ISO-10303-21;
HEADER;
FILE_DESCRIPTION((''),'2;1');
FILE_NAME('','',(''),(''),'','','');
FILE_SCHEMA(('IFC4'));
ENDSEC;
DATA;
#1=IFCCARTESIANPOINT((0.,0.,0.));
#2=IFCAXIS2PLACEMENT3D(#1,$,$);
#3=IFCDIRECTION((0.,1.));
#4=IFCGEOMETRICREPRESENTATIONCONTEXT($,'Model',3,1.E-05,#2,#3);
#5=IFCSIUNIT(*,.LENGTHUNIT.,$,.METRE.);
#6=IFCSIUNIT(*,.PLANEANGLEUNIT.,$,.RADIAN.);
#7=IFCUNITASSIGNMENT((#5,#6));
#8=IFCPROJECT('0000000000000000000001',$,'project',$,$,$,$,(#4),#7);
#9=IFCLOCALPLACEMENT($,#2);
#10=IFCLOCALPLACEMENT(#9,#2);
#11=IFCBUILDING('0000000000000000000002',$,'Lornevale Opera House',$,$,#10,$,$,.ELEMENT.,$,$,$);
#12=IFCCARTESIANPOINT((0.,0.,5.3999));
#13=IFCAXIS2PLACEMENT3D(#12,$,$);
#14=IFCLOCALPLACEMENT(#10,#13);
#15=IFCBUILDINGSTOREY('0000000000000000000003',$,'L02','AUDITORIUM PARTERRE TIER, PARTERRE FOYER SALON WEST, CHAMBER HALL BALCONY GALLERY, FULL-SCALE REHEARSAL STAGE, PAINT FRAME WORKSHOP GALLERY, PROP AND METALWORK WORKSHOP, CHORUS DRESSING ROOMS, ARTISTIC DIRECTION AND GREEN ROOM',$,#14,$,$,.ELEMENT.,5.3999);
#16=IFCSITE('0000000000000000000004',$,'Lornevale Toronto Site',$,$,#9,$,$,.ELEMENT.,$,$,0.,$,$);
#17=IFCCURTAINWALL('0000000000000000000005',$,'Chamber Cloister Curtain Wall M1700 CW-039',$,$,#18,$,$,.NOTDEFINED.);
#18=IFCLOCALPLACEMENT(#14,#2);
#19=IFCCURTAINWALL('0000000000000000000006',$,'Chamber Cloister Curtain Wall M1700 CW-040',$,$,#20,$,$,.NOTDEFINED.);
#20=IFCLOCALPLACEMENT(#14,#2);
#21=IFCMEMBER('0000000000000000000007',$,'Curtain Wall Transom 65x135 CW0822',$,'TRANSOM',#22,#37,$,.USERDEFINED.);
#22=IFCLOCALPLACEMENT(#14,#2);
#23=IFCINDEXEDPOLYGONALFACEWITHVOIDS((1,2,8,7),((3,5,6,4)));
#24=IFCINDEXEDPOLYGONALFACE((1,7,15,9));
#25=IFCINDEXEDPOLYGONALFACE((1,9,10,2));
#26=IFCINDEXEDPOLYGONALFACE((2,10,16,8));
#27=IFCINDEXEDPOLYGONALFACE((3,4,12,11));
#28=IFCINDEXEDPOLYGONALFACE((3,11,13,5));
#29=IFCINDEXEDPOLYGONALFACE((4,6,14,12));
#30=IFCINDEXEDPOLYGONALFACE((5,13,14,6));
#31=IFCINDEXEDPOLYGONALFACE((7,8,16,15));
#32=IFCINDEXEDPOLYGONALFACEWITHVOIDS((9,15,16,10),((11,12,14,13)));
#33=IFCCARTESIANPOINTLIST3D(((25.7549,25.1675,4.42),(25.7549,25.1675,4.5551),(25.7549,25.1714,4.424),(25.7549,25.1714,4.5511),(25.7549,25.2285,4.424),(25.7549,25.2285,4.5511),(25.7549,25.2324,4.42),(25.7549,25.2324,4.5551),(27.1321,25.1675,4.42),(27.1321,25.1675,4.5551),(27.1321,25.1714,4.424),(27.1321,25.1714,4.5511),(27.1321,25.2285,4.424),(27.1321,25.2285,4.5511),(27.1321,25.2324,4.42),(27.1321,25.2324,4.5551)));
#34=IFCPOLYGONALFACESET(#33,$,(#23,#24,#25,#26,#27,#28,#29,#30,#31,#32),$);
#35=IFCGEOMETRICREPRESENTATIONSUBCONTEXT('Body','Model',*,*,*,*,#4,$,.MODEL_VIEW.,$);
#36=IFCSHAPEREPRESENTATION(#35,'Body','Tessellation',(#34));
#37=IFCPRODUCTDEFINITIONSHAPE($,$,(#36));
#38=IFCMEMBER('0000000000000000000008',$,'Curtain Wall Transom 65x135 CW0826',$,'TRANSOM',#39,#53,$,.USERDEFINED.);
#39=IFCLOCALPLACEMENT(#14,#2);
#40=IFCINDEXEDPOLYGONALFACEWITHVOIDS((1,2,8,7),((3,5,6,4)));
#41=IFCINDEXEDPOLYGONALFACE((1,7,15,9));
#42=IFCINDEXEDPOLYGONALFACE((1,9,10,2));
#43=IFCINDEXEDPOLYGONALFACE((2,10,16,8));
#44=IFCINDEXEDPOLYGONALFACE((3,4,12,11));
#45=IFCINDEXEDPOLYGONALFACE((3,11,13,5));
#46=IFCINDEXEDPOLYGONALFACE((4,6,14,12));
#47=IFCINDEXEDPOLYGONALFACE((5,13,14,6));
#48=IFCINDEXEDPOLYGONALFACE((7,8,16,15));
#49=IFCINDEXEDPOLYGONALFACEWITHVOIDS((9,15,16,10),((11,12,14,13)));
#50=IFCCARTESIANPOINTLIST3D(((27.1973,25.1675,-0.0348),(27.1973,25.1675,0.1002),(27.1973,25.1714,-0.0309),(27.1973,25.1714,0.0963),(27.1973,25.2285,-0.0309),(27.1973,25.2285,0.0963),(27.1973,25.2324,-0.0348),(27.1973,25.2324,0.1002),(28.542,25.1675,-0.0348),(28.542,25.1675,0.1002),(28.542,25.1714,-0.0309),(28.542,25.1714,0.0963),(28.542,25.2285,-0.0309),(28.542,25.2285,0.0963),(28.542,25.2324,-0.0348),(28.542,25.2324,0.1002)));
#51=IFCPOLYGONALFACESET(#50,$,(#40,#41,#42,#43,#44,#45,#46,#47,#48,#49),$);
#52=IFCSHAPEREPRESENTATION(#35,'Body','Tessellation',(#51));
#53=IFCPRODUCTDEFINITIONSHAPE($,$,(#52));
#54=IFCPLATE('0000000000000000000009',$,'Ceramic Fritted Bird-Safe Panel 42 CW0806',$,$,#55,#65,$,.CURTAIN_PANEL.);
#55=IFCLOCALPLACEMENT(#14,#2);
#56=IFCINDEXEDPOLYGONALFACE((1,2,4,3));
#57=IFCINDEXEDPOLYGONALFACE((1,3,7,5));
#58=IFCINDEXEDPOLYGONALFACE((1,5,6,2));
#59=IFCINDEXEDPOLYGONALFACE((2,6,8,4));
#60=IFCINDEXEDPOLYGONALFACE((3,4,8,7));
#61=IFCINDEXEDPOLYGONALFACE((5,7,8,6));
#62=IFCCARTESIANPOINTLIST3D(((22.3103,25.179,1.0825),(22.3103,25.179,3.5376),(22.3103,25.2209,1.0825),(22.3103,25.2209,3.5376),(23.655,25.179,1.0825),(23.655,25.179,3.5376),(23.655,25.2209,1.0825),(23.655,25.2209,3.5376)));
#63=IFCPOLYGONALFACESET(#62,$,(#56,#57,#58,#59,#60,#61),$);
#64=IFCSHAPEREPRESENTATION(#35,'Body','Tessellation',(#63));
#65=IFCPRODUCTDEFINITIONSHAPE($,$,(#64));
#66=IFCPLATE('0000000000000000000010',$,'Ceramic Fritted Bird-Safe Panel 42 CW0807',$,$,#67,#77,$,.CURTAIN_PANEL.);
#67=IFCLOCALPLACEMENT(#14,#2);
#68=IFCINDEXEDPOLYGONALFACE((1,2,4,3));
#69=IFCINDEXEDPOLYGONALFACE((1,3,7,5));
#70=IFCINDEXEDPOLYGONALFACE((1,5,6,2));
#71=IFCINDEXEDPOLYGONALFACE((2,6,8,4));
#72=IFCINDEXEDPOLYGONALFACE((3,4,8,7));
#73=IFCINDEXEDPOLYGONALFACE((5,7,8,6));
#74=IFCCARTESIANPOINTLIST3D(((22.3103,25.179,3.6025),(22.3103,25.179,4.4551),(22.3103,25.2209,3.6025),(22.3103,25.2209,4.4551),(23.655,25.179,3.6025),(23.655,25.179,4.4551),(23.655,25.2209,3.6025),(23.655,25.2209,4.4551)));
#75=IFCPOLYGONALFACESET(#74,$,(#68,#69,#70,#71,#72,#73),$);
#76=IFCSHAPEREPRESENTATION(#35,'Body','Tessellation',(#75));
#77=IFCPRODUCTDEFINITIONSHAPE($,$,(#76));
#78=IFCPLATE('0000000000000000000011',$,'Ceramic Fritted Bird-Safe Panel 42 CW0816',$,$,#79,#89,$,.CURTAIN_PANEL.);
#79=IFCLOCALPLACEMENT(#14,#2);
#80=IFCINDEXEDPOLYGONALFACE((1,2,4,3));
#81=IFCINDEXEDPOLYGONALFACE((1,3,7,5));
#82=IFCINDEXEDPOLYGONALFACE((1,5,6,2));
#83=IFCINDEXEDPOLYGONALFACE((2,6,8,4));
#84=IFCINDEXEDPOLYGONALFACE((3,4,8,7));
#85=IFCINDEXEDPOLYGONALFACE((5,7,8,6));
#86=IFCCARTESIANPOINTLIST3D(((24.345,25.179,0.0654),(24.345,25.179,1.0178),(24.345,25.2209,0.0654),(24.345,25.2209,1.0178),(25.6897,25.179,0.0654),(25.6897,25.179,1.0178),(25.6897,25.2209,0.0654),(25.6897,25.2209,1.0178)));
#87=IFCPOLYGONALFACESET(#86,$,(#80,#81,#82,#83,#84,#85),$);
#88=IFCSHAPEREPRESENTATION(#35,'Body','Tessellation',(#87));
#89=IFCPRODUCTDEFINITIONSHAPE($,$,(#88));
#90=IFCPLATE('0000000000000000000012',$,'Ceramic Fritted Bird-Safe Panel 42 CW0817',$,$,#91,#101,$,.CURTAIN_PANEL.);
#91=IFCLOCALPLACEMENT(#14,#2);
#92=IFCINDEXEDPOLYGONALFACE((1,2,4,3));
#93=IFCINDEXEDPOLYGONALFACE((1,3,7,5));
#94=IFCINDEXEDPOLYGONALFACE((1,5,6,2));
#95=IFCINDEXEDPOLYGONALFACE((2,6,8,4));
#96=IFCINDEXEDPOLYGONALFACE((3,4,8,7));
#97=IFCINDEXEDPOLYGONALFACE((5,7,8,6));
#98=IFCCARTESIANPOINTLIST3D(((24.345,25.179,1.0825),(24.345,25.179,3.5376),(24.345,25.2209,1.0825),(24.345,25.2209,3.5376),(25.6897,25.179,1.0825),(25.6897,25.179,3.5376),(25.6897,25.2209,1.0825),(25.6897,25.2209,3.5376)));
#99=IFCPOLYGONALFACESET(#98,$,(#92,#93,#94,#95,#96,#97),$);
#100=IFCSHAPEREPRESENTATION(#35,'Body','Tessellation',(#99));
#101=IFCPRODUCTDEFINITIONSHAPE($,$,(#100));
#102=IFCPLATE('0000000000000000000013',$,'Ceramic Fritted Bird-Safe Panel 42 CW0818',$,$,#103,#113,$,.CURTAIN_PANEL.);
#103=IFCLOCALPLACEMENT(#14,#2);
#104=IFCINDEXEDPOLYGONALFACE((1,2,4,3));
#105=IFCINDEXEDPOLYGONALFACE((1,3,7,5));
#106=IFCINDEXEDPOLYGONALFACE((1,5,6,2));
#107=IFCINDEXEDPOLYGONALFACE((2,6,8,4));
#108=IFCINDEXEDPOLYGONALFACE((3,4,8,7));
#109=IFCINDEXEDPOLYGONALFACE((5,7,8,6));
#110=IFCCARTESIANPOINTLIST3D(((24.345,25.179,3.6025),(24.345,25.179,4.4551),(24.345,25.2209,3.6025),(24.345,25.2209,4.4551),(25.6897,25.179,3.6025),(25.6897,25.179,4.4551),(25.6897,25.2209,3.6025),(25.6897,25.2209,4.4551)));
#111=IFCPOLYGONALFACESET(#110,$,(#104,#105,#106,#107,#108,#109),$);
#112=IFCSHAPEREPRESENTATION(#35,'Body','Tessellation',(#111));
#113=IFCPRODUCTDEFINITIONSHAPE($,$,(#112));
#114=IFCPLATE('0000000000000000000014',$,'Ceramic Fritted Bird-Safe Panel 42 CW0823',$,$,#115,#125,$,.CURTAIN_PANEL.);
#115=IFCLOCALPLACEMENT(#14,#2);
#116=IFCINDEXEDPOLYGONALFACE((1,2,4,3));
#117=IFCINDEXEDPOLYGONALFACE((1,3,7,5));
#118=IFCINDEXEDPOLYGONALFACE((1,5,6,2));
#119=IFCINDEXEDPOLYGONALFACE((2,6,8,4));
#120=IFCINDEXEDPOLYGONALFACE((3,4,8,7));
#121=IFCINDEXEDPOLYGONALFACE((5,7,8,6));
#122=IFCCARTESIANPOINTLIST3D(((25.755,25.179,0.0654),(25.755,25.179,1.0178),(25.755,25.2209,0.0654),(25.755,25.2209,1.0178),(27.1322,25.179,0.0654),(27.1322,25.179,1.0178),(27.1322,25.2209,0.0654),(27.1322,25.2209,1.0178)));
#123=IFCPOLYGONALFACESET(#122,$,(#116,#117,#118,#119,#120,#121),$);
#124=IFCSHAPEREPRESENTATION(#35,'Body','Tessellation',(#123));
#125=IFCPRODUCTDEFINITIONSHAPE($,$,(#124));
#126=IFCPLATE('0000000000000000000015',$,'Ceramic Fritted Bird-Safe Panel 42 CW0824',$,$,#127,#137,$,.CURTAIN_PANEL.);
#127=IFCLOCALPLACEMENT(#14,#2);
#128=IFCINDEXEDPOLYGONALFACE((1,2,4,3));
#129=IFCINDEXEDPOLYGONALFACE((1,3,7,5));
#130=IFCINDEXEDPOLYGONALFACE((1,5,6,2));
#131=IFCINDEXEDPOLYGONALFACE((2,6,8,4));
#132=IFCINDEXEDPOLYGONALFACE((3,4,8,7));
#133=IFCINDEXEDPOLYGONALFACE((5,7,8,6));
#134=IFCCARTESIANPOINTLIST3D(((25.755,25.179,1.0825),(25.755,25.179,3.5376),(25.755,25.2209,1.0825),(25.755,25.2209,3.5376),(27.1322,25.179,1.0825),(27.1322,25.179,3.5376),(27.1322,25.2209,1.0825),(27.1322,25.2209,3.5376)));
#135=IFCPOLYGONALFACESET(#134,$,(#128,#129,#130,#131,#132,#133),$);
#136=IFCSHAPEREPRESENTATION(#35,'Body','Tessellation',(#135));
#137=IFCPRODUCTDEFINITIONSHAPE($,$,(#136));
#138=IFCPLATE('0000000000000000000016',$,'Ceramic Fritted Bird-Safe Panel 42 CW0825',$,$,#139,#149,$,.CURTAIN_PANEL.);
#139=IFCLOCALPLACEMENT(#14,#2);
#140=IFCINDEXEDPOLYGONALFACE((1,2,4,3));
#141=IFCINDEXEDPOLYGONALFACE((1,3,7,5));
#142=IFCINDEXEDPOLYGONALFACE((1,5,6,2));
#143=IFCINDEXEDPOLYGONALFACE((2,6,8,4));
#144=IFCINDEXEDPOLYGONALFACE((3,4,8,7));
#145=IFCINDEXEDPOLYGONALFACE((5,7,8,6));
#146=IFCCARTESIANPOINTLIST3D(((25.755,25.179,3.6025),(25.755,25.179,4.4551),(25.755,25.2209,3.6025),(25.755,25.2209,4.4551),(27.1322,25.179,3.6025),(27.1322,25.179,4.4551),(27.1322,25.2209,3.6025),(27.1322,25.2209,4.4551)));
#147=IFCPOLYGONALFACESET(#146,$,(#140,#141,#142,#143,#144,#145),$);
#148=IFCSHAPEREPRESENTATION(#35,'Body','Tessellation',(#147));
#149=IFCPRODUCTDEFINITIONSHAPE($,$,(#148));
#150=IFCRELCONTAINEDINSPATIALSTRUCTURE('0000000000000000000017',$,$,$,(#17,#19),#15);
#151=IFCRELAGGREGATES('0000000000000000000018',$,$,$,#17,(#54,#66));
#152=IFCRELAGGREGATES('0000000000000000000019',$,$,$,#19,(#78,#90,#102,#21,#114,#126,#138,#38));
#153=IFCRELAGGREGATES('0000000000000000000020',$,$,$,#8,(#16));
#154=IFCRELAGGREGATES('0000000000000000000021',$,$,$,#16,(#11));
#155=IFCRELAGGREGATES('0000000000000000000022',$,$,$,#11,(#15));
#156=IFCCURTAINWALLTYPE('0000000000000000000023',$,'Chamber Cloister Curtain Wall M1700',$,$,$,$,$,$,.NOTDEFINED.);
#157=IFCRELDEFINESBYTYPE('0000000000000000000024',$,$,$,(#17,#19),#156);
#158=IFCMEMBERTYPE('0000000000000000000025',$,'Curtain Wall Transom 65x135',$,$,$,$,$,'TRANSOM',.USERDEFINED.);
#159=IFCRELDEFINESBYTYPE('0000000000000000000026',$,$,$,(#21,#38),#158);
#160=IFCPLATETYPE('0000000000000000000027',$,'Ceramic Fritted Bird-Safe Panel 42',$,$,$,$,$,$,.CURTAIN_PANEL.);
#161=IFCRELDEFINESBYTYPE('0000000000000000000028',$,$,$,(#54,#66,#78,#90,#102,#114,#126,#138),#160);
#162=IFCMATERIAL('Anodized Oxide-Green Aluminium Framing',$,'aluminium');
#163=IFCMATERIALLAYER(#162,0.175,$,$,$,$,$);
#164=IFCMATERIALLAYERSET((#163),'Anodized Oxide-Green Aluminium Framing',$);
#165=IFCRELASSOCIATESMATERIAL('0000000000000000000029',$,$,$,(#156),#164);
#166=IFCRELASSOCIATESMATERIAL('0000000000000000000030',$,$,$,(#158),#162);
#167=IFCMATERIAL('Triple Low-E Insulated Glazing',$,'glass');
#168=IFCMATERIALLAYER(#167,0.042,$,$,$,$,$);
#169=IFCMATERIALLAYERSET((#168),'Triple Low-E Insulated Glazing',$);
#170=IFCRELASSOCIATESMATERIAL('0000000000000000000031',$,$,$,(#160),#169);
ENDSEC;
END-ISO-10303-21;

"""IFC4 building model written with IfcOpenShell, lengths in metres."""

from ifc_helpers import new_model, si_unit, direction, frame, origin, origin_2d, place, context, subcontext, project, spatial, rectangle, hollow_rectangle, extrude, material, layer, layer_set, material_profile, profile_set, type_object, element, aggregate, save


model = new_model("IFC4")

# Units and contexts
model_context = context("Model", 3, precision=1e-05, world=origin(), true_north=direction((0.0, 1.0)))
body_context = subcontext(model_context, "Body", "Model", "MODEL_VIEW")
ifc_project = project(units=[si_unit("LENGTHUNIT", "METRE"), si_unit("PLANEANGLEUNIT", "RADIAN")], contexts=[model_context])

# Site, building, storey
site_placement = place(None, origin())
site = spatial("IfcSite", under=ifc_project, at=site_placement, Name="Lornevale Toronto Site", CompositionType="ELEMENT", RefElevation=0.0)
building_placement = place(site_placement, origin())
building = spatial("IfcBuilding", under=site, at=building_placement, Name="Lornevale Opera House", CompositionType="ELEMENT")
storey_placement = place(building_placement, frame((0.0, 0.0, 5.3999)))
storey = spatial("IfcBuildingStorey", under=building, at=storey_placement, Name="L02", Description="AUDITORIUM PARTERRE TIER, PARTERRE FOYER SALON WEST, CHAMBER HALL BALCONY GALLERY, FULL-SCALE REHEARSAL STAGE, PAINT FRAME WORKSHOP GALLERY, PROP AND METALWORK WORKSHOP, CHORUS DRESSING ROOMS, ARTISTIC DIRECTION AND GREEN ROOM", CompositionType="ELEMENT", Elevation=5.3999)

# Curtain wall
ifc_material_1 = material(Name="Anodized Oxide-Green Aluminium Framing", Category="aluminium")
ifc_layer_1 = layer(ifc_material_1, 0.175)
ifc_layer_set_1 = layer_set([ifc_layer_1], Name="Anodized Oxide-Green Aluminium Framing")
curtain_wall_type = type_object("IfcCurtainWallType", Name="Chamber Cloister Curtain Wall M1700", PredefinedType="NOTDEFINED", material=ifc_layer_set_1)
curtain_wall_1_placement = place(storey_placement, origin())
curtain_wall_1 = element("IfcCurtainWall", 1, at=curtain_wall_1_placement, inside=storey, type_object=curtain_wall_type, Name="Chamber Cloister Curtain Wall M1700 CW-039", PredefinedType="NOTDEFINED")

# Curtain wall, members
curtain_wall_2_placement = place(storey_placement, origin())
curtain_wall_2 = element("IfcCurtainWall", 2, at=curtain_wall_2_placement, inside=storey, type_object=curtain_wall_type, Name="Chamber Cloister Curtain Wall M1700 CW-040", PredefinedType="NOTDEFINED")
ifc_material_profile_1 = material_profile(ifc_material_1, hollow_rectangle(XDim=0.0649, YDim=0.135, WallThickness=0.0039, at=origin_2d()), Name="ALU65x135x4")
ifc_profile_set_1 = profile_set([ifc_material_profile_1], Name="Anodized Oxide-Green Aluminium Framing")
member_type_1 = type_object("IfcMemberType", Name="Curtain Wall Transom 65x135", ElementType="TRANSOM", PredefinedType="USERDEFINED", material=ifc_profile_set_1)
member_1_placement = place(storey_placement, frame((25.7549, 25.2, 4.4875), z_axis=(1.0, 0.0, 0.0), x_axis=(0.0, 1.0, 0.0)))
member_1 = element("IfcMember", 3, at=member_1_placement, type_object=member_type_1, Name="Curtain Wall Transom 65x135 CW0822", ObjectType="TRANSOM", PredefinedType="USERDEFINED", context=body_context, shape_type="SweptSolid", body=[
    extrude(hollow_rectangle(XDim=0.0649, YDim=0.135, WallThickness=0.0039, at=origin_2d()), origin(), (0.0, 0.0, 1.0), 1.3772),
])
member_2_placement = place(storey_placement, frame((27.1973, 25.2, 0.0327), z_axis=(1.0, 0.0, 0.0), x_axis=(0.0, 1.0, 0.0)))
member_2 = element("IfcMember", 4, at=member_2_placement, type_object=member_type_1, Name="Curtain Wall Transom 65x135 CW0826", ObjectType="TRANSOM", PredefinedType="USERDEFINED", context=body_context, shape_type="SweptSolid", body=[
    extrude(hollow_rectangle(XDim=0.0649, YDim=0.135, WallThickness=0.0039, at=origin_2d()), origin(), (0.0, 0.0, 1.0), 1.3447),
])

# Plates
ifc_material_2 = material(Name="Triple Low-E Insulated Glazing", Category="glass")
ifc_layer_2 = layer(ifc_material_2, 0.042)
ifc_layer_set_2 = layer_set([ifc_layer_2], Name="Triple Low-E Insulated Glazing")
plate_type = type_object("IfcPlateType", Name="Ceramic Fritted Bird-Safe Panel 42", PredefinedType="CURTAIN_PANEL", material=ifc_layer_set_2)
plate_1_placement = place(storey_placement, frame((22.9827, 25.2, 1.0825), z_axis=(0.0, 0.0, 1.0), x_axis=(1.0, 0.0, 0.0)))
plate_1 = element("IfcPlate", 5, at=plate_1_placement, type_object=plate_type, Name="Ceramic Fritted Bird-Safe Panel 42 CW0806", PredefinedType="CURTAIN_PANEL", context=body_context, shape_type="SweptSolid", body=[
    extrude(rectangle(XDim=1.3447, YDim=0.042, at=origin_2d()), origin(), (0.0, 0.0, 1.0), 2.4551),
])
plate_2_placement = place(storey_placement, frame((22.9827, 25.2, 3.6025), z_axis=(0.0, 0.0, 1.0), x_axis=(1.0, 0.0, 0.0)))
plate_2 = element("IfcPlate", 6, at=plate_2_placement, type_object=plate_type, Name="Ceramic Fritted Bird-Safe Panel 42 CW0807", PredefinedType="CURTAIN_PANEL", context=body_context, shape_type="SweptSolid", body=[
    extrude(rectangle(XDim=1.3447, YDim=0.042, at=origin_2d()), origin(), (0.0, 0.0, 1.0), 0.8525),
])
aggregate(curtain_wall_1, [plate_1, plate_2])
plate_3_placement = place(storey_placement, frame((25.0173, 25.2, 0.0654), z_axis=(0.0, 0.0, 1.0), x_axis=(1.0, 0.0, 0.0)))
plate_3 = element("IfcPlate", 7, at=plate_3_placement, type_object=plate_type, Name="Ceramic Fritted Bird-Safe Panel 42 CW0816", PredefinedType="CURTAIN_PANEL", context=body_context, shape_type="SweptSolid", body=[
    extrude(rectangle(XDim=1.3447, YDim=0.042, at=origin_2d()), origin(), (0.0, 0.0, 1.0), 0.9524),
])
plate_4_placement = place(storey_placement, frame((25.0173, 25.2, 1.0825), z_axis=(0.0, 0.0, 1.0), x_axis=(1.0, 0.0, 0.0)))
plate_4 = element("IfcPlate", 8, at=plate_4_placement, type_object=plate_type, Name="Ceramic Fritted Bird-Safe Panel 42 CW0817", PredefinedType="CURTAIN_PANEL", context=body_context, shape_type="SweptSolid", body=[
    extrude(rectangle(XDim=1.3447, YDim=0.042, at=origin_2d()), origin(), (0.0, 0.0, 1.0), 2.4551),
])
plate_5_placement = place(storey_placement, frame((25.0173, 25.2, 3.6025), z_axis=(0.0, 0.0, 1.0), x_axis=(1.0, 0.0, 0.0)))
plate_5 = element("IfcPlate", 9, at=plate_5_placement, type_object=plate_type, Name="Ceramic Fritted Bird-Safe Panel 42 CW0818", PredefinedType="CURTAIN_PANEL", context=body_context, shape_type="SweptSolid", body=[
    extrude(rectangle(XDim=1.3447, YDim=0.042, at=origin_2d()), origin(), (0.0, 0.0, 1.0), 0.8525),
])
plate_6_placement = place(storey_placement, frame((26.4436, 25.2, 0.0654), z_axis=(0.0, 0.0, 1.0), x_axis=(1.0, 0.0, 0.0)))
plate_6 = element("IfcPlate", 10, at=plate_6_placement, type_object=plate_type, Name="Ceramic Fritted Bird-Safe Panel 42 CW0823", PredefinedType="CURTAIN_PANEL", context=body_context, shape_type="SweptSolid", body=[
    extrude(rectangle(XDim=1.3772, YDim=0.042, at=origin_2d()), origin(), (0.0, 0.0, 1.0), 0.9524),
])
plate_7_placement = place(storey_placement, frame((26.4436, 25.2, 1.0825), z_axis=(0.0, 0.0, 1.0), x_axis=(1.0, 0.0, 0.0)))
plate_7 = element("IfcPlate", 11, at=plate_7_placement, type_object=plate_type, Name="Ceramic Fritted Bird-Safe Panel 42 CW0824", PredefinedType="CURTAIN_PANEL", context=body_context, shape_type="SweptSolid", body=[
    extrude(rectangle(XDim=1.3772, YDim=0.042, at=origin_2d()), origin(), (0.0, 0.0, 1.0), 2.4551),
])
plate_8_placement = place(storey_placement, frame((26.4436, 25.2, 3.6025), z_axis=(0.0, 0.0, 1.0), x_axis=(1.0, 0.0, 0.0)))
plate_8 = element("IfcPlate", 12, at=plate_8_placement, type_object=plate_type, Name="Ceramic Fritted Bird-Safe Panel 42 CW0825", PredefinedType="CURTAIN_PANEL", context=body_context, shape_type="SweptSolid", body=[
    extrude(rectangle(XDim=1.3772, YDim=0.042, at=origin_2d()), origin(), (0.0, 0.0, 1.0), 0.8525),
])
aggregate(curtain_wall_2, [plate_3, plate_4, plate_5, member_1, plate_6, plate_7, plate_8, member_2])

save(model, "model.ifc")
